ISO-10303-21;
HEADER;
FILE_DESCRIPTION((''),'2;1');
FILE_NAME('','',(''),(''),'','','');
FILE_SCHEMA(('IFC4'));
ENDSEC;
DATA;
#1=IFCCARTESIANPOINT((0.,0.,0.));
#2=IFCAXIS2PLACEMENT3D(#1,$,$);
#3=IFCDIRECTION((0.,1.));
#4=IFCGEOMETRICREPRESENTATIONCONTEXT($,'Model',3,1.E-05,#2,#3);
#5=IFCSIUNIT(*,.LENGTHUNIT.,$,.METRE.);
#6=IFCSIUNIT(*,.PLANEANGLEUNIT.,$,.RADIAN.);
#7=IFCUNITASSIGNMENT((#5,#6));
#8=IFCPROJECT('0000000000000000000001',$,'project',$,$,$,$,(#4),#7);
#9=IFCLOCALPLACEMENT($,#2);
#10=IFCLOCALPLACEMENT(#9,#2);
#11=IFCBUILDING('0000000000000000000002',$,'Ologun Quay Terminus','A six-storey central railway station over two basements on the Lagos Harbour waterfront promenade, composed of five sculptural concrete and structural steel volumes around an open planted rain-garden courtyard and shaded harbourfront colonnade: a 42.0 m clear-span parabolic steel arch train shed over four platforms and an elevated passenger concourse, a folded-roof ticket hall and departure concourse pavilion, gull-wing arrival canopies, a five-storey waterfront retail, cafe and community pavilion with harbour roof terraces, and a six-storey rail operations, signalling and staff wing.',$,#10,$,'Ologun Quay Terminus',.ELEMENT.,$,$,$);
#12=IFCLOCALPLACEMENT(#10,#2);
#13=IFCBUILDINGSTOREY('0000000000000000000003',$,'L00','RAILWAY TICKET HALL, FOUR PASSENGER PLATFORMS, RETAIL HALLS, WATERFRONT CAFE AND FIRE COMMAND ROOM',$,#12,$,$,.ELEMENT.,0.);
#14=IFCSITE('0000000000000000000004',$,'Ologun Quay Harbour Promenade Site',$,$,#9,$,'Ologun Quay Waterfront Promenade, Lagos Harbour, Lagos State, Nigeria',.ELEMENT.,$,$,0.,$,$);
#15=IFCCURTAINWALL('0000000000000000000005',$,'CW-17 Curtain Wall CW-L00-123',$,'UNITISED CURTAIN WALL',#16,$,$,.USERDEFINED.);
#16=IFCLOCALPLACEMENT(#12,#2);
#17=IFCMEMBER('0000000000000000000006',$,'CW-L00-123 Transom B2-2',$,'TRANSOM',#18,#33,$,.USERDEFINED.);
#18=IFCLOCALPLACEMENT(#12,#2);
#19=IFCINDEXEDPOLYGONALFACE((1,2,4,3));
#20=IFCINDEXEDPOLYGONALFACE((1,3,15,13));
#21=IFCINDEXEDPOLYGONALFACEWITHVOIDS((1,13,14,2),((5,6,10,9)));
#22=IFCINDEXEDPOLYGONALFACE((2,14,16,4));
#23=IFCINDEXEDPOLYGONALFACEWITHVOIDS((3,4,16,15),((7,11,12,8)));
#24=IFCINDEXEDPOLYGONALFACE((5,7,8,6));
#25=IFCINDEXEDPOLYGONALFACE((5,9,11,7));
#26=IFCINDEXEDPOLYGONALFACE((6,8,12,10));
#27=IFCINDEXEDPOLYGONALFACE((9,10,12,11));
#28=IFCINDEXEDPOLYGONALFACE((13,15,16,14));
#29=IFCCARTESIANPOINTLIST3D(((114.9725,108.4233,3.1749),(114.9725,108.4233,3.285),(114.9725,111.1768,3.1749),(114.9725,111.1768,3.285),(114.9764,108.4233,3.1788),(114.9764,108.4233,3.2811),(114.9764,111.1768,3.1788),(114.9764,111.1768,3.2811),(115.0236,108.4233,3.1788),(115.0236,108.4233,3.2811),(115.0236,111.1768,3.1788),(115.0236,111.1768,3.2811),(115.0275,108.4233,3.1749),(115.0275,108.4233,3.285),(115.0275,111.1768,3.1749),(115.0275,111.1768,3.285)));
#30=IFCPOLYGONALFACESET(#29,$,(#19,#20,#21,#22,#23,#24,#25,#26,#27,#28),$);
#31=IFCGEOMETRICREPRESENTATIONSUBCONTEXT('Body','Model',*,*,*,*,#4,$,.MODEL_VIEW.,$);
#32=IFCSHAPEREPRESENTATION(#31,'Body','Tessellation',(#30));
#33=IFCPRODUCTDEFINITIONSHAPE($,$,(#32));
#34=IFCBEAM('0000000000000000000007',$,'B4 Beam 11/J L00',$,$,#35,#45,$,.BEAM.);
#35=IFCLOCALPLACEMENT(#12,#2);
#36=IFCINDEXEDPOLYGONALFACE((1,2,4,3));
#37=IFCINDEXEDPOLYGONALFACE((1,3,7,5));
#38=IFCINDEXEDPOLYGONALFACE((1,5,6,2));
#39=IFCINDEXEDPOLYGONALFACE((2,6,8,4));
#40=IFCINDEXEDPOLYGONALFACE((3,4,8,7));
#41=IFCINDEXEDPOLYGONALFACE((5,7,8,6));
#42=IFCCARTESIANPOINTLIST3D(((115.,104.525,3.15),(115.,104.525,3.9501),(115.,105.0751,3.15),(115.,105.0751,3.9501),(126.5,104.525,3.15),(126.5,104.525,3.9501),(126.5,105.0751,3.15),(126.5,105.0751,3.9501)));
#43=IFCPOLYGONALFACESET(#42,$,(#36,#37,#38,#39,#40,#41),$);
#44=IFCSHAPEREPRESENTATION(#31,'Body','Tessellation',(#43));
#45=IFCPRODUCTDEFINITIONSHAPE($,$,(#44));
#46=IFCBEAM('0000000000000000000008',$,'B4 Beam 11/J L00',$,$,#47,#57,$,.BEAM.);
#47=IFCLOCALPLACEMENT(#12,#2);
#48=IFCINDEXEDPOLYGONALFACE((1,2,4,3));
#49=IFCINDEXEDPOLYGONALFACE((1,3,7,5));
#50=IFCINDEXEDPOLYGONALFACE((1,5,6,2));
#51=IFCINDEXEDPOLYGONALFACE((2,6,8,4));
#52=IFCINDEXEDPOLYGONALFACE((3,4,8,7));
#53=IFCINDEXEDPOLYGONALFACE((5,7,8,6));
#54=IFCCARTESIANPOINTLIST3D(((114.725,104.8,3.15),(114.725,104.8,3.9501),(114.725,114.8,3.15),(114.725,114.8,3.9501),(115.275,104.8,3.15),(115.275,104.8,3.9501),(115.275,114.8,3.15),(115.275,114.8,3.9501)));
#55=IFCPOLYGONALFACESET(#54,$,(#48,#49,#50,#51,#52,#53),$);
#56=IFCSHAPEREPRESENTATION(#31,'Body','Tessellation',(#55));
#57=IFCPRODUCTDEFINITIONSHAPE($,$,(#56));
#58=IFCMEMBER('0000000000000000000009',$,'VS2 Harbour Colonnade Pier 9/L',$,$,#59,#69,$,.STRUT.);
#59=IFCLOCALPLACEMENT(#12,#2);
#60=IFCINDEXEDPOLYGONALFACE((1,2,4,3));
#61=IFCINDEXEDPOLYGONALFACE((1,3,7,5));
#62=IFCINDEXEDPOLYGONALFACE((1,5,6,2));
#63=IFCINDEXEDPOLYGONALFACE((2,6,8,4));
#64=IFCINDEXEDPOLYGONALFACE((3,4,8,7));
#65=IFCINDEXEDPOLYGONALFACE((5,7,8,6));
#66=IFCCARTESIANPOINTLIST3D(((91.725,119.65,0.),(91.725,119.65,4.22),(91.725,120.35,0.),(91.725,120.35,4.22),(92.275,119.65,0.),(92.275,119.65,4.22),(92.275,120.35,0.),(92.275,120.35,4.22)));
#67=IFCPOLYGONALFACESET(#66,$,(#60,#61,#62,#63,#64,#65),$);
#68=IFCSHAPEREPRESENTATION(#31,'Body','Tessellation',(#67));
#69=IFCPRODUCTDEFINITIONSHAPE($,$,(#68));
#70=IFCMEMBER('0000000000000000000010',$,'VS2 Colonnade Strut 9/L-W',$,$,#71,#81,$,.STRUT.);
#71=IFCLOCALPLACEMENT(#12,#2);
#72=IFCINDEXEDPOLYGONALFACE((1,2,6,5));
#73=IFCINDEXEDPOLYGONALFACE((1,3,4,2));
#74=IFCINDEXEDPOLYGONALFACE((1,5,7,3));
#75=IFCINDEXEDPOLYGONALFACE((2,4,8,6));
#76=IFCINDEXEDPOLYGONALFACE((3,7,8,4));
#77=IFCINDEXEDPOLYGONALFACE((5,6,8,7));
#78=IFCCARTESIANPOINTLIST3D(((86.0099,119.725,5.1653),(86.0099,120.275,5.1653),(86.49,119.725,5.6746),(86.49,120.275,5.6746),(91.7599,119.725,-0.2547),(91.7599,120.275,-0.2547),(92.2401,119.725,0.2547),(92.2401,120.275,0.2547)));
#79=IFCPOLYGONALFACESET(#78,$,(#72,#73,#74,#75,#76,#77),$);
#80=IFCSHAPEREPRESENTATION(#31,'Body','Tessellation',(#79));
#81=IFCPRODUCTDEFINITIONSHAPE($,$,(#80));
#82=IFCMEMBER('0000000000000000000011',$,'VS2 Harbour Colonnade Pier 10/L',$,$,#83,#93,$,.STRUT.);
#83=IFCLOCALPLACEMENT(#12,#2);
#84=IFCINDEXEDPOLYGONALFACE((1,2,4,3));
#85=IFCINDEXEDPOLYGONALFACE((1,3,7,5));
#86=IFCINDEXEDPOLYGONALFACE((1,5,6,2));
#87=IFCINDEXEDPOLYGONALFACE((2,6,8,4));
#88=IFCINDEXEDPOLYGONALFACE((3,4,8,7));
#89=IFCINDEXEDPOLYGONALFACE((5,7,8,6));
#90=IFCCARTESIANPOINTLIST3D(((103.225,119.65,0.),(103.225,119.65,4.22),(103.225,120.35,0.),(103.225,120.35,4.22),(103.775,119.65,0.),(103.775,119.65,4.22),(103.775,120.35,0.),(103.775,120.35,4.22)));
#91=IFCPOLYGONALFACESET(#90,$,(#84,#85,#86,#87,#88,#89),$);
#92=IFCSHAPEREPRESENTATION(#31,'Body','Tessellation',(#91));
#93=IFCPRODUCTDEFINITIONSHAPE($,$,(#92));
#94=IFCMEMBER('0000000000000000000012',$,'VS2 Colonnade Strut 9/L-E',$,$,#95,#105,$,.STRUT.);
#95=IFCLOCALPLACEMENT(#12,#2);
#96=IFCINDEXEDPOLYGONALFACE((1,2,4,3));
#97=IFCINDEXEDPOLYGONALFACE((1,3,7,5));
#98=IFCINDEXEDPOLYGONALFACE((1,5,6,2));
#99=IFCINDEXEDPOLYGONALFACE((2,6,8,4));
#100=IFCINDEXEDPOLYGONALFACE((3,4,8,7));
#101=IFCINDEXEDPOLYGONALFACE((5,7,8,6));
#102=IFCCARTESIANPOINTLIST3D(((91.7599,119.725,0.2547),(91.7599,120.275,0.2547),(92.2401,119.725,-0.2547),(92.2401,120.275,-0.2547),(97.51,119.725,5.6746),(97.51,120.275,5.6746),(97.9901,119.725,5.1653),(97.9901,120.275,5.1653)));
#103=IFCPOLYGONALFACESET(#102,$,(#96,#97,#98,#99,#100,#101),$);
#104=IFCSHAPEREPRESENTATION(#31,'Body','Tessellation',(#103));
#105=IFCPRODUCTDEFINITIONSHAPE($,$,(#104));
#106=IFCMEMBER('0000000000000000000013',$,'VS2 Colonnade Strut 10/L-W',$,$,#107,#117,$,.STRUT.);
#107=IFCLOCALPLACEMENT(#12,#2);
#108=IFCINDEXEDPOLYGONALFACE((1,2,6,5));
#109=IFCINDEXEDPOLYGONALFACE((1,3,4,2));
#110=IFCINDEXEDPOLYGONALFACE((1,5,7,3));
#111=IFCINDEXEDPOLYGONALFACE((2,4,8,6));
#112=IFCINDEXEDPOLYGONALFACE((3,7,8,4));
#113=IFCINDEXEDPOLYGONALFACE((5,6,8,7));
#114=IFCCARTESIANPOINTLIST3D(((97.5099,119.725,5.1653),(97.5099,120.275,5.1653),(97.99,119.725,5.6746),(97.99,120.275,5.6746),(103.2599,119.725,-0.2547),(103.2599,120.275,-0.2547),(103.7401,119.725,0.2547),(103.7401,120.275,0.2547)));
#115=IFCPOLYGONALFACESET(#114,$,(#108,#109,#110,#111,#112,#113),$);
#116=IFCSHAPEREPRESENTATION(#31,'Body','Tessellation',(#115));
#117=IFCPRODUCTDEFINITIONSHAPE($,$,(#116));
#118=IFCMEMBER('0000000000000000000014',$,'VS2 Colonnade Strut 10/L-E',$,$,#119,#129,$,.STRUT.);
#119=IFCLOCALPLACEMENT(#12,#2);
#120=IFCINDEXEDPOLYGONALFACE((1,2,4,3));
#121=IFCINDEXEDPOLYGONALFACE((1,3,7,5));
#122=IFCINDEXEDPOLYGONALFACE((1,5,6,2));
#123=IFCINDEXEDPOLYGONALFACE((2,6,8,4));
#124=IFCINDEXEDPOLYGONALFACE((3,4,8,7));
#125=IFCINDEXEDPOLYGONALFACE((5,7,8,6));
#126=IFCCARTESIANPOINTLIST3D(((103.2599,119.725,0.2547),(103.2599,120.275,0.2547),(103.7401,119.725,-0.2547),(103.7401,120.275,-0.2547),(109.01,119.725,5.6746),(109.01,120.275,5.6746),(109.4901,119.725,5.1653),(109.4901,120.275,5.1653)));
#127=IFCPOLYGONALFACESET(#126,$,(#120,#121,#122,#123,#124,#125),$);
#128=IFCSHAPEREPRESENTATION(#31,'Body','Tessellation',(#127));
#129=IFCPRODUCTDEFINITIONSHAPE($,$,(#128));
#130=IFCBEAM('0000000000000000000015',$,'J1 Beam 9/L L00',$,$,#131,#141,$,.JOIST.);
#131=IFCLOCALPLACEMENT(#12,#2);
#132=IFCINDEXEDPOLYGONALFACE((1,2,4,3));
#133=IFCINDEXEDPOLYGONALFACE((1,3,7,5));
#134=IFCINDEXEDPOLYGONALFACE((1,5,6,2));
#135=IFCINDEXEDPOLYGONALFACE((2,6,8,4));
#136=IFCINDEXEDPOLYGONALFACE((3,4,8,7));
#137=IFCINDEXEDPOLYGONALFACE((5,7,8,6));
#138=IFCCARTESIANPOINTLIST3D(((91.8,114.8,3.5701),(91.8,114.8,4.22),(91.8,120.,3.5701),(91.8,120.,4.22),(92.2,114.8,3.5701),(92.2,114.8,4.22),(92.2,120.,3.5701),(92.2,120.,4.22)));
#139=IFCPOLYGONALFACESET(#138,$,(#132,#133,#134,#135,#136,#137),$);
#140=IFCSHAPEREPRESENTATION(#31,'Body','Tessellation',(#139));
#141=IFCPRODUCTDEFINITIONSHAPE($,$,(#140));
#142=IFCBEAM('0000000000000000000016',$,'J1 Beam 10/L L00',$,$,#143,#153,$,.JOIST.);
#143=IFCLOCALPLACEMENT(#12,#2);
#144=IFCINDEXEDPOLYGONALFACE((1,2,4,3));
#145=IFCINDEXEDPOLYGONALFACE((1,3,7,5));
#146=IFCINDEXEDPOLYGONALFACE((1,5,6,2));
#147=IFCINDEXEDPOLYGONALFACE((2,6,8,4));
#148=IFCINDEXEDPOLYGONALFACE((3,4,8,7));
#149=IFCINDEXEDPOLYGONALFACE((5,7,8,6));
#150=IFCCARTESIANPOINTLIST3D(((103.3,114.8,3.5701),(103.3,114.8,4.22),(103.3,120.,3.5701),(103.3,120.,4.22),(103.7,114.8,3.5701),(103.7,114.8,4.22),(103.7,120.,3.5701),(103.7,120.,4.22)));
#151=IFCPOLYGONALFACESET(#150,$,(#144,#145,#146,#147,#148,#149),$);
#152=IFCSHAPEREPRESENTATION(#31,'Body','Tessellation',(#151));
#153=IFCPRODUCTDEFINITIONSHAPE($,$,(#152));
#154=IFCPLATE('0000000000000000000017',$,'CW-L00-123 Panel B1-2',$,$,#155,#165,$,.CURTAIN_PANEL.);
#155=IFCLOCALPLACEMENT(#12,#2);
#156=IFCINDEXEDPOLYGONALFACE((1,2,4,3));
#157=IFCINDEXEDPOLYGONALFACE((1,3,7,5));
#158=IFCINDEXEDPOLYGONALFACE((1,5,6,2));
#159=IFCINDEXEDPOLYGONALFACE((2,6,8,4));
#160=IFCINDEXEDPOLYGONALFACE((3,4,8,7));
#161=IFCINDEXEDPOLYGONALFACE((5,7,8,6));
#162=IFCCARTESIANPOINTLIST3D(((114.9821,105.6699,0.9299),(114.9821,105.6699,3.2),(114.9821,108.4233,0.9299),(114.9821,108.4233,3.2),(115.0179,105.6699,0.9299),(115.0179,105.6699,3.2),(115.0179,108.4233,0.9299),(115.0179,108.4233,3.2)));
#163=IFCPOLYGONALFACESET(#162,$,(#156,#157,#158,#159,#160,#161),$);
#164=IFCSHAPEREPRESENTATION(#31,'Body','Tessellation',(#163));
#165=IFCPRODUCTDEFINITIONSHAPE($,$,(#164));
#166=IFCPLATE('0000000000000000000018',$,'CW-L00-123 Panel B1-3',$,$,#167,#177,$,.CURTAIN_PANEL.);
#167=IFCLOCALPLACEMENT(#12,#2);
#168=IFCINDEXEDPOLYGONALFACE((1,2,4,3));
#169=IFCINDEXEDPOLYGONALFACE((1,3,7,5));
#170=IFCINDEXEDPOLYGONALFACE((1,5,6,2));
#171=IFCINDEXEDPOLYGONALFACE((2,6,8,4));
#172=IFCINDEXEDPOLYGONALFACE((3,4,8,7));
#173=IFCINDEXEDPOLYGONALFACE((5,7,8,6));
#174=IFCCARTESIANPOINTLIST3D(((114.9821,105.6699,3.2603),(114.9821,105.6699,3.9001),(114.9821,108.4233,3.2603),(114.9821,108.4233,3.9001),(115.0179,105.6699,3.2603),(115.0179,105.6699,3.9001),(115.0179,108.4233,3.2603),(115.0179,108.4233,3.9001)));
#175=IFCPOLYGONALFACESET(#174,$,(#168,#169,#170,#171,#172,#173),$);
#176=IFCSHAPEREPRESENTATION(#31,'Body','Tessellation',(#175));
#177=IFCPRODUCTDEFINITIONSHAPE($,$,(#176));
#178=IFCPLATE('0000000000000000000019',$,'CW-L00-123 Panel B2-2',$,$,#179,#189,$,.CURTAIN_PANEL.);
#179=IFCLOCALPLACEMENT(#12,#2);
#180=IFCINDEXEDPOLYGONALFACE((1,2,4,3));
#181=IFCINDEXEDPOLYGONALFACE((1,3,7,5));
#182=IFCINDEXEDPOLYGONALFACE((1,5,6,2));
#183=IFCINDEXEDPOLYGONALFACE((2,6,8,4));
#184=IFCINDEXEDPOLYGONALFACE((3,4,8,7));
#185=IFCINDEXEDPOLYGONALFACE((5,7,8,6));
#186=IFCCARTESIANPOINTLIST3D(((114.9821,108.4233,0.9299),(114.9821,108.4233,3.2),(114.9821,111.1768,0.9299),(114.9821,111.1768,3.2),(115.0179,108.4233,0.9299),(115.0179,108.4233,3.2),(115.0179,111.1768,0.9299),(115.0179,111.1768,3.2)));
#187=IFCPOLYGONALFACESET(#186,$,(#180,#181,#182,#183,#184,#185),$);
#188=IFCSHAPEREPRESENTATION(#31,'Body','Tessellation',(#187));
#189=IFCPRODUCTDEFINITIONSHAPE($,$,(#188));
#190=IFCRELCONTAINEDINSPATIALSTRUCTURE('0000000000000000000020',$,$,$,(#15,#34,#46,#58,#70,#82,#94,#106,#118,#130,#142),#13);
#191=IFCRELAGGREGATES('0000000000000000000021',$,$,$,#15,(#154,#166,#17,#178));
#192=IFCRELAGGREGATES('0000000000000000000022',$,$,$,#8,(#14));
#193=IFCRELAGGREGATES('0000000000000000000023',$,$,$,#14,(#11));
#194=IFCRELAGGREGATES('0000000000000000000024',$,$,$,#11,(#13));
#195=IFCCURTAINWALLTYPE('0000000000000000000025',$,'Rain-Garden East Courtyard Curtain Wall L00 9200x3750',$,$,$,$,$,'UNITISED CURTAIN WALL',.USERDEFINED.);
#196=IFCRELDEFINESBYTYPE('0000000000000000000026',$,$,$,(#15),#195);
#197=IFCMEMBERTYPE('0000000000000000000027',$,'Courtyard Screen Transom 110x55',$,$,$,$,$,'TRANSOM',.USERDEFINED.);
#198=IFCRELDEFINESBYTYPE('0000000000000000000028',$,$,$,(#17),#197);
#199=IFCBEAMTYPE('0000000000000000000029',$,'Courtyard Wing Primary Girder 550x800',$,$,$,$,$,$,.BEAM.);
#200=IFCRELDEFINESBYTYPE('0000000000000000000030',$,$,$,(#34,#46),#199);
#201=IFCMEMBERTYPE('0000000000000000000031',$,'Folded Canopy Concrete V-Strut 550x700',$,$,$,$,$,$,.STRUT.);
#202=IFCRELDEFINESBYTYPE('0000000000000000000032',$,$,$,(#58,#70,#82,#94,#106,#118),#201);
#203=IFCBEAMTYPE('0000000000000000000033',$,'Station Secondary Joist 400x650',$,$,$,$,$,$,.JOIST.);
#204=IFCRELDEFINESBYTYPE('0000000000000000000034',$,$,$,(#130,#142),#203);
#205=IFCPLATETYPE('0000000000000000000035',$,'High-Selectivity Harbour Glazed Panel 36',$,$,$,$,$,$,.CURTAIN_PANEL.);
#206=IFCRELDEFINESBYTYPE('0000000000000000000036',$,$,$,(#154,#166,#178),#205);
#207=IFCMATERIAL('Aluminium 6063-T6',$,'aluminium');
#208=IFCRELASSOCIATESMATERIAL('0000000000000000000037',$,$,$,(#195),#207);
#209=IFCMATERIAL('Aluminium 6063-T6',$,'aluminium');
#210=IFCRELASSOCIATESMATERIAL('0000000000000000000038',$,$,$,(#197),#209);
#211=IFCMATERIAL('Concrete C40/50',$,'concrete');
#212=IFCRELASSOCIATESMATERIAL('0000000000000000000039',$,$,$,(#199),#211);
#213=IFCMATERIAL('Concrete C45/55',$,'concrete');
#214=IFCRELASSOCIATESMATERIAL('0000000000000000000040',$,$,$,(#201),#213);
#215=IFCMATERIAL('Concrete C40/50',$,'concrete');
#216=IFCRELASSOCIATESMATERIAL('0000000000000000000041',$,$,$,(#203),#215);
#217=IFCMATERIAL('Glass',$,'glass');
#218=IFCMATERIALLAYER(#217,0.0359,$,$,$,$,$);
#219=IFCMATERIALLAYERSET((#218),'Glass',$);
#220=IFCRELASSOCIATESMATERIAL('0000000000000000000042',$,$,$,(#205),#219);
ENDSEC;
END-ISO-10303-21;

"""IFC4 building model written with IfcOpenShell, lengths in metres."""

from ifc_helpers import new_model, si_unit, direction, frame, origin, origin_2d, place, context, subcontext, project, spatial, rectangle, hollow_rectangle, extrude, material, layer, layer_set, material_profile, profile_set, type_object, element, aggregate, save


model = new_model("IFC4")

# Units and contexts
model_context = context("Model", 3, precision=1e-05, world=origin(), true_north=direction((0.0, 1.0)))
body_context = subcontext(model_context, "Body", "Model", "MODEL_VIEW")
ifc_project = project(units=[si_unit("LENGTHUNIT", "METRE"), si_unit("PLANEANGLEUNIT", "RADIAN")], contexts=[model_context])

# Site, building, storey
site_placement = place(None, origin())
site = spatial("IfcSite", under=ifc_project, at=site_placement, Name="Ologun Quay Harbour Promenade Site", LongName="Ologun Quay Waterfront Promenade, Lagos Harbour, Lagos State, Nigeria", CompositionType="ELEMENT", RefElevation=0.0)
building_placement = place(site_placement, origin())
building = spatial("IfcBuilding", under=site, at=building_placement, Name="Ologun Quay Terminus", Description="A six-storey central railway station over two basements on the Lagos Harbour waterfront promenade, composed of five sculptural concrete and structural steel volumes around an open planted rain-garden courtyard and shaded harbourfront colonnade: a 42.0 m clear-span parabolic steel arch train shed over four platforms and an elevated passenger concourse, a folded-roof ticket hall and departure concourse pavilion, gull-wing arrival canopies, a five-storey waterfront retail, cafe and community pavilion with harbour roof terraces, and a six-storey rail operations, signalling and staff wing.", LongName="Ologun Quay Terminus", CompositionType="ELEMENT")
storey_placement = place(building_placement, origin())
storey = spatial("IfcBuildingStorey", under=building, at=storey_placement, Name="L00", Description="RAILWAY TICKET HALL, FOUR PASSENGER PLATFORMS, RETAIL HALLS, WATERFRONT CAFE AND FIRE COMMAND ROOM", CompositionType="ELEMENT", Elevation=0.0)

# Curtain wall, member
ifc_material_1 = material(Name="Aluminium 6063-T6", Category="aluminium")
curtain_wall_type = type_object("IfcCurtainWallType", Name="Rain-Garden East Courtyard Curtain Wall L00 9200x3750", ElementType="UNITISED CURTAIN WALL", PredefinedType="USERDEFINED", material=ifc_material_1)
curtain_wall_placement = place(storey_placement, origin())
curtain_wall = element("IfcCurtainWall", 1, at=curtain_wall_placement, inside=storey, type_object=curtain_wall_type, Name="CW-17 Curtain Wall CW-L00-123", ObjectType="UNITISED CURTAIN WALL", PredefinedType="USERDEFINED")
ifc_material_2 = material(Name="Aluminium 6063-T6", Category="aluminium")
ifc_material_profile_1 = material_profile(ifc_material_2, hollow_rectangle(XDim=0.0549, YDim=0.1101, WallThickness=0.0039, at=origin_2d()), Name="ALU 110x55x4")
ifc_profile_set_1 = profile_set([ifc_material_profile_1], Name="Aluminium 6063-T6")
member_type_1 = type_object("IfcMemberType", Name="Courtyard Screen Transom 110x55", ElementType="TRANSOM", PredefinedType="USERDEFINED", material=ifc_profile_set_1)
member_1_placement = place(storey_placement, frame((115.0, 108.4233, 3.23), z_axis=(0.0, 1.0, 0.0), x_axis=(-1.0, 0.0, 0.0)))
member_1 = element("IfcMember", 2, at=member_1_placement, type_object=member_type_1, Name="CW-L00-123 Transom B2-2", ObjectType="TRANSOM", PredefinedType="USERDEFINED", context=body_context, shape_type="SweptSolid", body=[
    extrude(hollow_rectangle(XDim=0.0549, YDim=0.1101, WallThickness=0.0039, at=origin_2d()), origin(), (0.0, 0.0, 1.0), 2.7534),
])

# Beams
ifc_material_3 = material(Name="Concrete C40/50", Category="concrete")
ifc_material_profile_2 = material_profile(ifc_material_3, rectangle(XDim=0.55, YDim=0.8, at=origin_2d()), Name="RC 550x800")
ifc_profile_set_2 = profile_set([ifc_material_profile_2], Name="Concrete C40/50")
beam_type_1 = type_object("IfcBeamType", Name="Courtyard Wing Primary Girder 550x800", PredefinedType="BEAM", material=ifc_profile_set_2)
beam_1_placement = place(storey_placement, frame((115.0, 104.8, 3.55), z_axis=(1.0, 0.0, 0.0), x_axis=(0.0, 1.0, 0.0)))
element("IfcBeam", 3, at=beam_1_placement, inside=storey, type_object=beam_type_1, Name="B4 Beam 11/J L00", PredefinedType="BEAM", context=body_context, shape_type="SweptSolid", body=[
    extrude(rectangle(XDim=0.55, YDim=0.8, at=origin_2d()), origin(), (0.0, 0.0, 1.0), 11.5),
])
beam_2_placement = place(storey_placement, frame((115.0, 104.8, 3.55), z_axis=(0.0, 1.0, 0.0), x_axis=(-1.0, 0.0, 0.0)))
element("IfcBeam", 4, at=beam_2_placement, inside=storey, type_object=beam_type_1, Name="B4 Beam 11/J L00", PredefinedType="BEAM", context=body_context, shape_type="SweptSolid", body=[
    extrude(rectangle(XDim=0.55, YDim=0.8, at=origin_2d()), origin(), (0.0, 0.0, 1.0), 10.0),
])

# Members
ifc_material_4 = material(Name="Concrete C45/55", Category="concrete")
ifc_material_profile_3 = material_profile(ifc_material_4, rectangle(XDim=0.55, YDim=0.7, at=origin_2d()), Name="RC 550x700")
ifc_profile_set_3 = profile_set([ifc_material_profile_3], Name="Concrete C45/55")
member_type_2 = type_object("IfcMemberType", Name="Folded Canopy Concrete V-Strut 550x700", PredefinedType="STRUT", material=ifc_profile_set_3)
member_2_placement = place(storey_placement, frame((92.0, 120.0, 0.0), z_axis=(0.0, 0.0, 1.0), x_axis=(1.0, 0.0, 0.0)))
element("IfcMember", 5, at=member_2_placement, inside=storey, type_object=member_type_2, Name="VS2 Harbour Colonnade Pier 9/L", PredefinedType="STRUT", context=body_context, shape_type="SweptSolid", body=[
    extrude(rectangle(XDim=0.55, YDim=0.7, at=origin_2d()), origin(), (0.0, 0.0, 1.0), 4.22),
])
member_3_placement = place(storey_placement, frame((92.0, 120.0, 0.0), z_axis=(-0.727685, 0.0, 0.685912), x_axis=(0.0, -1.0, 0.0)))
element("IfcMember", 6, at=member_3_placement, inside=storey, type_object=member_type_2, Name="VS2 Colonnade Strut 9/L-W", PredefinedType="STRUT", context=body_context, shape_type="SweptSolid", body=[
    extrude(rectangle(XDim=0.55, YDim=0.7, at=origin_2d()), origin(), (0.0, 0.0, 1.0), 7.9019),
])
member_4_placement = place(storey_placement, frame((103.5, 120.0, 0.0), z_axis=(0.0, 0.0, 1.0), x_axis=(1.0, 0.0, 0.0)))
element("IfcMember", 7, at=member_4_placement, inside=storey, type_object=member_type_2, Name="VS2 Harbour Colonnade Pier 10/L", PredefinedType="STRUT", context=body_context, shape_type="SweptSolid", body=[
    extrude(rectangle(XDim=0.55, YDim=0.7, at=origin_2d()), origin(), (0.0, 0.0, 1.0), 4.22),
])
for number, where, z_axis, x_axis, name in (
    (8, (92.0, 120.0, 0.0), (0.727685, 0.0, 0.685912), (0.0, 1.0, 0.0), "VS2 Colonnade Strut 9/L-E"),
    (9, (103.5, 120.0, 0.0), (-0.727685, 0.0, 0.685912), (0.0, -1.0, 0.0), "VS2 Colonnade Strut 10/L-W"),
    (10, (103.5, 120.0, 0.0), (0.727685, 0.0, 0.685912), (0.0, 1.0, 0.0), "VS2 Colonnade Strut 10/L-E"),
):
    element("IfcMember", number, at=place(storey_placement, frame(where, z_axis=z_axis, x_axis=x_axis)), inside=storey, type_object=member_type_2, Name=name, PredefinedType="STRUT", context=body_context, shape_type="SweptSolid", body=[
        extrude(rectangle(XDim=0.55, YDim=0.7, at=origin_2d()), origin(), (0.0, 0.0, 1.0), 7.9019),
    ])

# Beams
ifc_material_5 = material(Name="Concrete C40/50", Category="concrete")
ifc_material_profile_4 = material_profile(ifc_material_5, rectangle(XDim=0.3999, YDim=0.6499, at=origin_2d()), Name="RC 400x650")
ifc_profile_set_4 = profile_set([ifc_material_profile_4], Name="Concrete C40/50")
beam_type_2 = type_object("IfcBeamType", Name="Station Secondary Joist 400x650", PredefinedType="JOIST", material=ifc_profile_set_4)
for number, where, z_axis, x_axis, name in (
    (11, (92.0, 114.8, 3.895), (0.0, 1.0, 0.0), (-1.0, 0.0, 0.0), "J1 Beam 9/L L00"),
    (12, (103.5, 114.8, 3.895), (0.0, 1.0, 0.0), (-1.0, 0.0, 0.0), "J1 Beam 10/L L00"),
):
    element("IfcBeam", number, at=place(storey_placement, frame(where, z_axis=z_axis, x_axis=x_axis)), inside=storey, type_object=beam_type_2, Name=name, PredefinedType="JOIST", context=body_context, shape_type="SweptSolid", body=[
        extrude(rectangle(XDim=0.3999, YDim=0.6499, at=origin_2d()), origin(), (0.0, 0.0, 1.0), 5.2),
    ])

# Plates
ifc_material_6 = material(Name="Glass", Category="glass")
ifc_layer_1 = layer(ifc_material_6, 0.0359)
ifc_layer_set_1 = layer_set([ifc_layer_1], Name="Glass")
plate_type_1 = type_object("IfcPlateType", Name="High-Selectivity Harbour Glazed Panel 36", PredefinedType="CURTAIN_PANEL", material=ifc_layer_set_1)
plate_1_placement = place(storey_placement, frame((115.0, 107.0466, 0.9299), z_axis=(0.0, 0.0, 1.0), x_axis=(0.0, 1.0, 0.0)))
plate_1 = element("IfcPlate", 13, at=plate_1_placement, type_object=plate_type_1, Name="CW-L00-123 Panel B1-2", PredefinedType="CURTAIN_PANEL", context=body_context, shape_type="SweptSolid", body=[
    extrude(rectangle(XDim=2.7534, YDim=0.0359, at=origin_2d()), origin(), (0.0, 0.0, 1.0), 2.27),
])
plate_2_placement = place(storey_placement, frame((115.0, 107.0466, 3.2603), z_axis=(0.0, 0.0, 1.0), x_axis=(0.0, 1.0, 0.0)))
plate_2 = element("IfcPlate", 14, at=plate_2_placement, type_object=plate_type_1, Name="CW-L00-123 Panel B1-3", PredefinedType="CURTAIN_PANEL", context=body_context, shape_type="SweptSolid", body=[
    extrude(rectangle(XDim=2.7534, YDim=0.0359, at=origin_2d()), origin(), (0.0, 0.0, 1.0), 0.6399),
])
plate_3_placement = place(storey_placement, frame((115.0, 109.8, 0.9299), z_axis=(0.0, 0.0, 1.0), x_axis=(0.0, 1.0, 0.0)))
plate_3 = element("IfcPlate", 15, at=plate_3_placement, type_object=plate_type_1, Name="CW-L00-123 Panel B2-2", PredefinedType="CURTAIN_PANEL", context=body_context, shape_type="SweptSolid", body=[
    extrude(rectangle(XDim=2.7534, YDim=0.0359, at=origin_2d()), origin(), (0.0, 0.0, 1.0), 2.27),
])
aggregate(curtain_wall, [plate_1, plate_2, member_1, plate_3])

save(model, "model.ifc")
